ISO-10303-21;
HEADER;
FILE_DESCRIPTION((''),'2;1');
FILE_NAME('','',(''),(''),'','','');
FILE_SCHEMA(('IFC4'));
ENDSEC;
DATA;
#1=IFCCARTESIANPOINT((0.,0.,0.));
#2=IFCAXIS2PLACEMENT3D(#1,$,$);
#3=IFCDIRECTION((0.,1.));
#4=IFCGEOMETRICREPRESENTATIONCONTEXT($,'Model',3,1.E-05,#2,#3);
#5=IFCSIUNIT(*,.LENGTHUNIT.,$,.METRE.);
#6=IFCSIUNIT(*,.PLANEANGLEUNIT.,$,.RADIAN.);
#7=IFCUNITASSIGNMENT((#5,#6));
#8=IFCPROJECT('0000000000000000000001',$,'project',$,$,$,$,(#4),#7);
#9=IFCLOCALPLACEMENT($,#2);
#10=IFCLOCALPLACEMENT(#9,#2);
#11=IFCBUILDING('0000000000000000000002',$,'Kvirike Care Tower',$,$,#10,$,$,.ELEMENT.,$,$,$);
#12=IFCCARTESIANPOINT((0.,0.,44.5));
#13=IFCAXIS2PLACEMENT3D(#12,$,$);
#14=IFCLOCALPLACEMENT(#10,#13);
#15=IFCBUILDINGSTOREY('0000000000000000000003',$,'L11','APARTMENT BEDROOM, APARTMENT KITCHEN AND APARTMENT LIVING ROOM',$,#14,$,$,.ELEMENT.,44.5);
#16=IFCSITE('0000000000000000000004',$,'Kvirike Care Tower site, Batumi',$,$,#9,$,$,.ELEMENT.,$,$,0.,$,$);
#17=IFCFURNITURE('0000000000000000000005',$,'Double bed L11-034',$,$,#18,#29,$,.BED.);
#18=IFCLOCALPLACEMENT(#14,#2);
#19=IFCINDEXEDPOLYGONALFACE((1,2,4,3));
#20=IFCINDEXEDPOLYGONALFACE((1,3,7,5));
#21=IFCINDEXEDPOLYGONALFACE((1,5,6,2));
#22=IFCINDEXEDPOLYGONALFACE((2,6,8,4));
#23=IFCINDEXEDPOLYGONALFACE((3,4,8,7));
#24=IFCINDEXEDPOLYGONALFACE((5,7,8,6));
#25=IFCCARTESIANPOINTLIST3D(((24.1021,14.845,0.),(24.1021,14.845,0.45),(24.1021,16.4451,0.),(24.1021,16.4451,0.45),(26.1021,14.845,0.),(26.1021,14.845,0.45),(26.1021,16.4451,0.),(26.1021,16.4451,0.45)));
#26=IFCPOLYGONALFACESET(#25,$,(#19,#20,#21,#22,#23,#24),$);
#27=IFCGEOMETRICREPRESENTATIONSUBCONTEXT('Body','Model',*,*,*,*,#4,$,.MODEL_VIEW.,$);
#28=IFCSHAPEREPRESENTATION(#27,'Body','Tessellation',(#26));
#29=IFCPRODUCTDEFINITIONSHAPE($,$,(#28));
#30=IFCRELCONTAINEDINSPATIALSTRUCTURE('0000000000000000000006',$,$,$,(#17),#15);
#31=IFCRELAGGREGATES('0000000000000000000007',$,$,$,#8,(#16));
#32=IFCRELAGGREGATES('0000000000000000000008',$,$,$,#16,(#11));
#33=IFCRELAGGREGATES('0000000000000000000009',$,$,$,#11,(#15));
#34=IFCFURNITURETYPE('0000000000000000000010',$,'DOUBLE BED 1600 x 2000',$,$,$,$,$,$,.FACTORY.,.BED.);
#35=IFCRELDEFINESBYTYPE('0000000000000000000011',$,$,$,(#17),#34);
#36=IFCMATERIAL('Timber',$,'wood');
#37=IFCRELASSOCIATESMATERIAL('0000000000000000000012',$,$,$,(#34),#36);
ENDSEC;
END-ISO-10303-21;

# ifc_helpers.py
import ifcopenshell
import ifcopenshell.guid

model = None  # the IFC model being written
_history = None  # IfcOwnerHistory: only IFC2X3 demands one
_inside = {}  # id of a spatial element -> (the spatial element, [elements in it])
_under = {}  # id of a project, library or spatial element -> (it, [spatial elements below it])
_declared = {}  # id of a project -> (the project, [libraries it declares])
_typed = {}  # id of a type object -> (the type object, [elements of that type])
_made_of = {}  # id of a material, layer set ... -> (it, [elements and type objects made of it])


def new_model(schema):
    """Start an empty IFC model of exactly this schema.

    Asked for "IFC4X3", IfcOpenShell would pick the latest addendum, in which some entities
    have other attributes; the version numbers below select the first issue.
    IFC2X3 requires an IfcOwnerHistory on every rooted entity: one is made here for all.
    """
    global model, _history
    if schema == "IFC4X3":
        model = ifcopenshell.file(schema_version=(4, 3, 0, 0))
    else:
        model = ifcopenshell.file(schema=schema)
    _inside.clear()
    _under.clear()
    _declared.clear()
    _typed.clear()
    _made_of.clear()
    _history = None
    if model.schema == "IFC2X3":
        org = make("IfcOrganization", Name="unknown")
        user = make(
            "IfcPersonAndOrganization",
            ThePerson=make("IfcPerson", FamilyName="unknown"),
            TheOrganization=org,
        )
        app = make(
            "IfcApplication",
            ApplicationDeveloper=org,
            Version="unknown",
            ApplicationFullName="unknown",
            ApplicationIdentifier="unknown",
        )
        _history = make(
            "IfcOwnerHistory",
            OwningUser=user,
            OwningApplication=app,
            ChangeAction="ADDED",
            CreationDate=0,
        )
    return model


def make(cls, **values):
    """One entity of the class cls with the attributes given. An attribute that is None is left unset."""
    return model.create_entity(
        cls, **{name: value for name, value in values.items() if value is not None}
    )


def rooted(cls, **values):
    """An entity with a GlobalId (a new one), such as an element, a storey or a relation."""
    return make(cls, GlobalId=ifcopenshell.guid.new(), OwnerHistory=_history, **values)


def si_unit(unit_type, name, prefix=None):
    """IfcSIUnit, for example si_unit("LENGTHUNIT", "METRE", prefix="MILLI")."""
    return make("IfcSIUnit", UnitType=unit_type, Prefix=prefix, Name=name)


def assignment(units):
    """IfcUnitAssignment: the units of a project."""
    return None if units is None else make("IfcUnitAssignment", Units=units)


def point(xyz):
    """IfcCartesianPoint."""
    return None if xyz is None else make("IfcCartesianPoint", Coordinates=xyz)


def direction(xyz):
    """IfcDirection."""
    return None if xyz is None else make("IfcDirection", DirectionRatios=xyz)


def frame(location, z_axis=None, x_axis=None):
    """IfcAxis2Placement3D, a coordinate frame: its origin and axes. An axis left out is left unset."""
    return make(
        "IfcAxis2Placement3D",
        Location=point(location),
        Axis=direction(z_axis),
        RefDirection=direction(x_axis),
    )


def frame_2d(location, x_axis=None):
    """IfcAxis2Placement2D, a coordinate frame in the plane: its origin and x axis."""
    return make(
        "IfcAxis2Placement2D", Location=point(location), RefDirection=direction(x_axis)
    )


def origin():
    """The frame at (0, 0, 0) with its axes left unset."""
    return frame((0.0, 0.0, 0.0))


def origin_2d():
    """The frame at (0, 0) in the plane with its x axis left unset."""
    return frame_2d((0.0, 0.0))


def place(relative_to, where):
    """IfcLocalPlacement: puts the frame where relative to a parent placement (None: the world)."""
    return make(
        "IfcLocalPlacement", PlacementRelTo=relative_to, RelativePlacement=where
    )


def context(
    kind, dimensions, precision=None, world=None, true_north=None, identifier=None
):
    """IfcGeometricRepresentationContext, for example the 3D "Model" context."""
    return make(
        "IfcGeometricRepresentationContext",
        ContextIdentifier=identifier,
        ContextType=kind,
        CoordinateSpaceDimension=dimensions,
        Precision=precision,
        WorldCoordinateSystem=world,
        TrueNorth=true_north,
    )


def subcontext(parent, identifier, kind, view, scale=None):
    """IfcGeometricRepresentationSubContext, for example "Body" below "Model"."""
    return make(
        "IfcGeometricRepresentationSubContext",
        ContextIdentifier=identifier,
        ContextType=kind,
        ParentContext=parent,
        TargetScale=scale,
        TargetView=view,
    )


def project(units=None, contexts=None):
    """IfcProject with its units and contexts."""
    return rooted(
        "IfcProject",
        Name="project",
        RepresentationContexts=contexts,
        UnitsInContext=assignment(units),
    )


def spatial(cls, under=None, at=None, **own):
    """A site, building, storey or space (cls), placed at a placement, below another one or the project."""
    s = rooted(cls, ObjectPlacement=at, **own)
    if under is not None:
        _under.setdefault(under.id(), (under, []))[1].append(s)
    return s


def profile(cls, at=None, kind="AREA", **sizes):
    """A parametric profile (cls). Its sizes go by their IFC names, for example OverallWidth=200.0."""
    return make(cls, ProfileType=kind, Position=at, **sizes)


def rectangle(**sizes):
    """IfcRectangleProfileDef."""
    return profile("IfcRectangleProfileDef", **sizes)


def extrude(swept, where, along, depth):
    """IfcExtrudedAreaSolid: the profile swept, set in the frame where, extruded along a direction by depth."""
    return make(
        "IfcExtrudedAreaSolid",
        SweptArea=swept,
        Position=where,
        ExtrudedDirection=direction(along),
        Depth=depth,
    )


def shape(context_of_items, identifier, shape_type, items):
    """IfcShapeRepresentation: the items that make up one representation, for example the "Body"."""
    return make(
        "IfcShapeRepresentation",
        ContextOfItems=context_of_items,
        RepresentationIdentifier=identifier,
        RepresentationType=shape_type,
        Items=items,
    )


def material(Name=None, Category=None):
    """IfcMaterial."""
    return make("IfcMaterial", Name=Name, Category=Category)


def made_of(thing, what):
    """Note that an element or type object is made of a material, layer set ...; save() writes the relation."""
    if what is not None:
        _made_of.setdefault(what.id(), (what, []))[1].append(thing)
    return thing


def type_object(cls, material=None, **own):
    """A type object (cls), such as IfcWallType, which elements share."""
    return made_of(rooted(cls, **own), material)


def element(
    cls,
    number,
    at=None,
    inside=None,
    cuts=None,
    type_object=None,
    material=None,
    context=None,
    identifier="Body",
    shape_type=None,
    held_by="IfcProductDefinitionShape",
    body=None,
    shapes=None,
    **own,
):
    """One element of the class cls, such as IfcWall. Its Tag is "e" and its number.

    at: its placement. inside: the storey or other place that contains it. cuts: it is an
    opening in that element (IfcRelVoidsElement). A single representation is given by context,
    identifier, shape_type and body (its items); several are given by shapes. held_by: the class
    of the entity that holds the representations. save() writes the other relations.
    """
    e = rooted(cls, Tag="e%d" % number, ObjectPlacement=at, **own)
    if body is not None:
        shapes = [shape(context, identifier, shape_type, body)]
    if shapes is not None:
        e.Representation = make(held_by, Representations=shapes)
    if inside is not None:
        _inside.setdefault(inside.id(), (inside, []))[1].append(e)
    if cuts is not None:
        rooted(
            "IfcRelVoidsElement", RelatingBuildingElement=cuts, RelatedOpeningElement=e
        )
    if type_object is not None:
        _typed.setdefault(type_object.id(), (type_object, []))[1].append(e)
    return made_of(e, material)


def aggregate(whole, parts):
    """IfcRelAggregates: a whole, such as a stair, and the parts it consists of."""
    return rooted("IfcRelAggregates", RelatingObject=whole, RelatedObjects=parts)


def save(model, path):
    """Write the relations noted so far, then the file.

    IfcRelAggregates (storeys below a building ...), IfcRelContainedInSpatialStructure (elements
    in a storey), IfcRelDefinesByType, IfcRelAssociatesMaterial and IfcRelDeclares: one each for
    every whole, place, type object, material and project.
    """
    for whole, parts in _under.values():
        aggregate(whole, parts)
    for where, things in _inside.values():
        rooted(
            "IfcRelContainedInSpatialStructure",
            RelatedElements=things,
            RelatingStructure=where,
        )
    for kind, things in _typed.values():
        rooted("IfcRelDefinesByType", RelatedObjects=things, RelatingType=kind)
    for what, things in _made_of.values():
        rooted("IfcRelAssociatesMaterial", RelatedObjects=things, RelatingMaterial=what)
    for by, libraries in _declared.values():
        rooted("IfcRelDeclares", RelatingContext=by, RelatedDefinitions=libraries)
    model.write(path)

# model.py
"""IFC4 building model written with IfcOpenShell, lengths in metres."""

from ifc_helpers import new_model, si_unit, direction, frame, origin, origin_2d, place, context, subcontext, project, spatial, rectangle, extrude, material, type_object, element, save


model = new_model("IFC4")

# Units and contexts
model_context = context("Model", 3, precision=1e-05, world=origin(), true_north=direction((0.0, 1.0)))
body_context = subcontext(model_context, "Body", "Model", "MODEL_VIEW")
ifc_project = project(units=[si_unit("LENGTHUNIT", "METRE"), si_unit("PLANEANGLEUNIT", "RADIAN")], contexts=[model_context])

# Site, building, storey
site_placement = place(None, origin())
site = spatial("IfcSite", under=ifc_project, at=site_placement, Name="Kvirike Care Tower site, Batumi", CompositionType="ELEMENT", RefElevation=0.0)
building_placement = place(site_placement, origin())
building = spatial("IfcBuilding", under=site, at=building_placement, Name="Kvirike Care Tower", CompositionType="ELEMENT")
storey_placement = place(building_placement, frame((0.0, 0.0, 44.5)))
storey = spatial("IfcBuildingStorey", under=building, at=storey_placement, Name="L11", Description="APARTMENT BEDROOM, APARTMENT KITCHEN AND APARTMENT LIVING ROOM", CompositionType="ELEMENT", Elevation=44.5)

# Furniture
ifc_material_1 = material(Name="Timber", Category="wood")
furniture_type = type_object("IfcFurnitureType", Name="DOUBLE BED 1600 x 2000", AssemblyPlace="FACTORY", PredefinedType="BED", material=ifc_material_1)
for number, where, z_axis, x_axis, name in (
    (1, (25.1021, 15.645, 0.0), (0.0, 0.0, 1.0), (0.0, 1.0, 0.0), "Double bed L11-034"),
):
    element("IfcFurniture", number, at=place(storey_placement, frame(where, z_axis=z_axis, x_axis=x_axis)), inside=storey, type_object=furniture_type, Name=name, PredefinedType="BED", context=body_context, shape_type="SweptSolid", body=[
        extrude(rectangle(XDim=1.6001, YDim=2.0, at=origin_2d()), origin(), (0.0, 0.0, 1.0), 0.45),
    ])

save(model, "model.ifc")
